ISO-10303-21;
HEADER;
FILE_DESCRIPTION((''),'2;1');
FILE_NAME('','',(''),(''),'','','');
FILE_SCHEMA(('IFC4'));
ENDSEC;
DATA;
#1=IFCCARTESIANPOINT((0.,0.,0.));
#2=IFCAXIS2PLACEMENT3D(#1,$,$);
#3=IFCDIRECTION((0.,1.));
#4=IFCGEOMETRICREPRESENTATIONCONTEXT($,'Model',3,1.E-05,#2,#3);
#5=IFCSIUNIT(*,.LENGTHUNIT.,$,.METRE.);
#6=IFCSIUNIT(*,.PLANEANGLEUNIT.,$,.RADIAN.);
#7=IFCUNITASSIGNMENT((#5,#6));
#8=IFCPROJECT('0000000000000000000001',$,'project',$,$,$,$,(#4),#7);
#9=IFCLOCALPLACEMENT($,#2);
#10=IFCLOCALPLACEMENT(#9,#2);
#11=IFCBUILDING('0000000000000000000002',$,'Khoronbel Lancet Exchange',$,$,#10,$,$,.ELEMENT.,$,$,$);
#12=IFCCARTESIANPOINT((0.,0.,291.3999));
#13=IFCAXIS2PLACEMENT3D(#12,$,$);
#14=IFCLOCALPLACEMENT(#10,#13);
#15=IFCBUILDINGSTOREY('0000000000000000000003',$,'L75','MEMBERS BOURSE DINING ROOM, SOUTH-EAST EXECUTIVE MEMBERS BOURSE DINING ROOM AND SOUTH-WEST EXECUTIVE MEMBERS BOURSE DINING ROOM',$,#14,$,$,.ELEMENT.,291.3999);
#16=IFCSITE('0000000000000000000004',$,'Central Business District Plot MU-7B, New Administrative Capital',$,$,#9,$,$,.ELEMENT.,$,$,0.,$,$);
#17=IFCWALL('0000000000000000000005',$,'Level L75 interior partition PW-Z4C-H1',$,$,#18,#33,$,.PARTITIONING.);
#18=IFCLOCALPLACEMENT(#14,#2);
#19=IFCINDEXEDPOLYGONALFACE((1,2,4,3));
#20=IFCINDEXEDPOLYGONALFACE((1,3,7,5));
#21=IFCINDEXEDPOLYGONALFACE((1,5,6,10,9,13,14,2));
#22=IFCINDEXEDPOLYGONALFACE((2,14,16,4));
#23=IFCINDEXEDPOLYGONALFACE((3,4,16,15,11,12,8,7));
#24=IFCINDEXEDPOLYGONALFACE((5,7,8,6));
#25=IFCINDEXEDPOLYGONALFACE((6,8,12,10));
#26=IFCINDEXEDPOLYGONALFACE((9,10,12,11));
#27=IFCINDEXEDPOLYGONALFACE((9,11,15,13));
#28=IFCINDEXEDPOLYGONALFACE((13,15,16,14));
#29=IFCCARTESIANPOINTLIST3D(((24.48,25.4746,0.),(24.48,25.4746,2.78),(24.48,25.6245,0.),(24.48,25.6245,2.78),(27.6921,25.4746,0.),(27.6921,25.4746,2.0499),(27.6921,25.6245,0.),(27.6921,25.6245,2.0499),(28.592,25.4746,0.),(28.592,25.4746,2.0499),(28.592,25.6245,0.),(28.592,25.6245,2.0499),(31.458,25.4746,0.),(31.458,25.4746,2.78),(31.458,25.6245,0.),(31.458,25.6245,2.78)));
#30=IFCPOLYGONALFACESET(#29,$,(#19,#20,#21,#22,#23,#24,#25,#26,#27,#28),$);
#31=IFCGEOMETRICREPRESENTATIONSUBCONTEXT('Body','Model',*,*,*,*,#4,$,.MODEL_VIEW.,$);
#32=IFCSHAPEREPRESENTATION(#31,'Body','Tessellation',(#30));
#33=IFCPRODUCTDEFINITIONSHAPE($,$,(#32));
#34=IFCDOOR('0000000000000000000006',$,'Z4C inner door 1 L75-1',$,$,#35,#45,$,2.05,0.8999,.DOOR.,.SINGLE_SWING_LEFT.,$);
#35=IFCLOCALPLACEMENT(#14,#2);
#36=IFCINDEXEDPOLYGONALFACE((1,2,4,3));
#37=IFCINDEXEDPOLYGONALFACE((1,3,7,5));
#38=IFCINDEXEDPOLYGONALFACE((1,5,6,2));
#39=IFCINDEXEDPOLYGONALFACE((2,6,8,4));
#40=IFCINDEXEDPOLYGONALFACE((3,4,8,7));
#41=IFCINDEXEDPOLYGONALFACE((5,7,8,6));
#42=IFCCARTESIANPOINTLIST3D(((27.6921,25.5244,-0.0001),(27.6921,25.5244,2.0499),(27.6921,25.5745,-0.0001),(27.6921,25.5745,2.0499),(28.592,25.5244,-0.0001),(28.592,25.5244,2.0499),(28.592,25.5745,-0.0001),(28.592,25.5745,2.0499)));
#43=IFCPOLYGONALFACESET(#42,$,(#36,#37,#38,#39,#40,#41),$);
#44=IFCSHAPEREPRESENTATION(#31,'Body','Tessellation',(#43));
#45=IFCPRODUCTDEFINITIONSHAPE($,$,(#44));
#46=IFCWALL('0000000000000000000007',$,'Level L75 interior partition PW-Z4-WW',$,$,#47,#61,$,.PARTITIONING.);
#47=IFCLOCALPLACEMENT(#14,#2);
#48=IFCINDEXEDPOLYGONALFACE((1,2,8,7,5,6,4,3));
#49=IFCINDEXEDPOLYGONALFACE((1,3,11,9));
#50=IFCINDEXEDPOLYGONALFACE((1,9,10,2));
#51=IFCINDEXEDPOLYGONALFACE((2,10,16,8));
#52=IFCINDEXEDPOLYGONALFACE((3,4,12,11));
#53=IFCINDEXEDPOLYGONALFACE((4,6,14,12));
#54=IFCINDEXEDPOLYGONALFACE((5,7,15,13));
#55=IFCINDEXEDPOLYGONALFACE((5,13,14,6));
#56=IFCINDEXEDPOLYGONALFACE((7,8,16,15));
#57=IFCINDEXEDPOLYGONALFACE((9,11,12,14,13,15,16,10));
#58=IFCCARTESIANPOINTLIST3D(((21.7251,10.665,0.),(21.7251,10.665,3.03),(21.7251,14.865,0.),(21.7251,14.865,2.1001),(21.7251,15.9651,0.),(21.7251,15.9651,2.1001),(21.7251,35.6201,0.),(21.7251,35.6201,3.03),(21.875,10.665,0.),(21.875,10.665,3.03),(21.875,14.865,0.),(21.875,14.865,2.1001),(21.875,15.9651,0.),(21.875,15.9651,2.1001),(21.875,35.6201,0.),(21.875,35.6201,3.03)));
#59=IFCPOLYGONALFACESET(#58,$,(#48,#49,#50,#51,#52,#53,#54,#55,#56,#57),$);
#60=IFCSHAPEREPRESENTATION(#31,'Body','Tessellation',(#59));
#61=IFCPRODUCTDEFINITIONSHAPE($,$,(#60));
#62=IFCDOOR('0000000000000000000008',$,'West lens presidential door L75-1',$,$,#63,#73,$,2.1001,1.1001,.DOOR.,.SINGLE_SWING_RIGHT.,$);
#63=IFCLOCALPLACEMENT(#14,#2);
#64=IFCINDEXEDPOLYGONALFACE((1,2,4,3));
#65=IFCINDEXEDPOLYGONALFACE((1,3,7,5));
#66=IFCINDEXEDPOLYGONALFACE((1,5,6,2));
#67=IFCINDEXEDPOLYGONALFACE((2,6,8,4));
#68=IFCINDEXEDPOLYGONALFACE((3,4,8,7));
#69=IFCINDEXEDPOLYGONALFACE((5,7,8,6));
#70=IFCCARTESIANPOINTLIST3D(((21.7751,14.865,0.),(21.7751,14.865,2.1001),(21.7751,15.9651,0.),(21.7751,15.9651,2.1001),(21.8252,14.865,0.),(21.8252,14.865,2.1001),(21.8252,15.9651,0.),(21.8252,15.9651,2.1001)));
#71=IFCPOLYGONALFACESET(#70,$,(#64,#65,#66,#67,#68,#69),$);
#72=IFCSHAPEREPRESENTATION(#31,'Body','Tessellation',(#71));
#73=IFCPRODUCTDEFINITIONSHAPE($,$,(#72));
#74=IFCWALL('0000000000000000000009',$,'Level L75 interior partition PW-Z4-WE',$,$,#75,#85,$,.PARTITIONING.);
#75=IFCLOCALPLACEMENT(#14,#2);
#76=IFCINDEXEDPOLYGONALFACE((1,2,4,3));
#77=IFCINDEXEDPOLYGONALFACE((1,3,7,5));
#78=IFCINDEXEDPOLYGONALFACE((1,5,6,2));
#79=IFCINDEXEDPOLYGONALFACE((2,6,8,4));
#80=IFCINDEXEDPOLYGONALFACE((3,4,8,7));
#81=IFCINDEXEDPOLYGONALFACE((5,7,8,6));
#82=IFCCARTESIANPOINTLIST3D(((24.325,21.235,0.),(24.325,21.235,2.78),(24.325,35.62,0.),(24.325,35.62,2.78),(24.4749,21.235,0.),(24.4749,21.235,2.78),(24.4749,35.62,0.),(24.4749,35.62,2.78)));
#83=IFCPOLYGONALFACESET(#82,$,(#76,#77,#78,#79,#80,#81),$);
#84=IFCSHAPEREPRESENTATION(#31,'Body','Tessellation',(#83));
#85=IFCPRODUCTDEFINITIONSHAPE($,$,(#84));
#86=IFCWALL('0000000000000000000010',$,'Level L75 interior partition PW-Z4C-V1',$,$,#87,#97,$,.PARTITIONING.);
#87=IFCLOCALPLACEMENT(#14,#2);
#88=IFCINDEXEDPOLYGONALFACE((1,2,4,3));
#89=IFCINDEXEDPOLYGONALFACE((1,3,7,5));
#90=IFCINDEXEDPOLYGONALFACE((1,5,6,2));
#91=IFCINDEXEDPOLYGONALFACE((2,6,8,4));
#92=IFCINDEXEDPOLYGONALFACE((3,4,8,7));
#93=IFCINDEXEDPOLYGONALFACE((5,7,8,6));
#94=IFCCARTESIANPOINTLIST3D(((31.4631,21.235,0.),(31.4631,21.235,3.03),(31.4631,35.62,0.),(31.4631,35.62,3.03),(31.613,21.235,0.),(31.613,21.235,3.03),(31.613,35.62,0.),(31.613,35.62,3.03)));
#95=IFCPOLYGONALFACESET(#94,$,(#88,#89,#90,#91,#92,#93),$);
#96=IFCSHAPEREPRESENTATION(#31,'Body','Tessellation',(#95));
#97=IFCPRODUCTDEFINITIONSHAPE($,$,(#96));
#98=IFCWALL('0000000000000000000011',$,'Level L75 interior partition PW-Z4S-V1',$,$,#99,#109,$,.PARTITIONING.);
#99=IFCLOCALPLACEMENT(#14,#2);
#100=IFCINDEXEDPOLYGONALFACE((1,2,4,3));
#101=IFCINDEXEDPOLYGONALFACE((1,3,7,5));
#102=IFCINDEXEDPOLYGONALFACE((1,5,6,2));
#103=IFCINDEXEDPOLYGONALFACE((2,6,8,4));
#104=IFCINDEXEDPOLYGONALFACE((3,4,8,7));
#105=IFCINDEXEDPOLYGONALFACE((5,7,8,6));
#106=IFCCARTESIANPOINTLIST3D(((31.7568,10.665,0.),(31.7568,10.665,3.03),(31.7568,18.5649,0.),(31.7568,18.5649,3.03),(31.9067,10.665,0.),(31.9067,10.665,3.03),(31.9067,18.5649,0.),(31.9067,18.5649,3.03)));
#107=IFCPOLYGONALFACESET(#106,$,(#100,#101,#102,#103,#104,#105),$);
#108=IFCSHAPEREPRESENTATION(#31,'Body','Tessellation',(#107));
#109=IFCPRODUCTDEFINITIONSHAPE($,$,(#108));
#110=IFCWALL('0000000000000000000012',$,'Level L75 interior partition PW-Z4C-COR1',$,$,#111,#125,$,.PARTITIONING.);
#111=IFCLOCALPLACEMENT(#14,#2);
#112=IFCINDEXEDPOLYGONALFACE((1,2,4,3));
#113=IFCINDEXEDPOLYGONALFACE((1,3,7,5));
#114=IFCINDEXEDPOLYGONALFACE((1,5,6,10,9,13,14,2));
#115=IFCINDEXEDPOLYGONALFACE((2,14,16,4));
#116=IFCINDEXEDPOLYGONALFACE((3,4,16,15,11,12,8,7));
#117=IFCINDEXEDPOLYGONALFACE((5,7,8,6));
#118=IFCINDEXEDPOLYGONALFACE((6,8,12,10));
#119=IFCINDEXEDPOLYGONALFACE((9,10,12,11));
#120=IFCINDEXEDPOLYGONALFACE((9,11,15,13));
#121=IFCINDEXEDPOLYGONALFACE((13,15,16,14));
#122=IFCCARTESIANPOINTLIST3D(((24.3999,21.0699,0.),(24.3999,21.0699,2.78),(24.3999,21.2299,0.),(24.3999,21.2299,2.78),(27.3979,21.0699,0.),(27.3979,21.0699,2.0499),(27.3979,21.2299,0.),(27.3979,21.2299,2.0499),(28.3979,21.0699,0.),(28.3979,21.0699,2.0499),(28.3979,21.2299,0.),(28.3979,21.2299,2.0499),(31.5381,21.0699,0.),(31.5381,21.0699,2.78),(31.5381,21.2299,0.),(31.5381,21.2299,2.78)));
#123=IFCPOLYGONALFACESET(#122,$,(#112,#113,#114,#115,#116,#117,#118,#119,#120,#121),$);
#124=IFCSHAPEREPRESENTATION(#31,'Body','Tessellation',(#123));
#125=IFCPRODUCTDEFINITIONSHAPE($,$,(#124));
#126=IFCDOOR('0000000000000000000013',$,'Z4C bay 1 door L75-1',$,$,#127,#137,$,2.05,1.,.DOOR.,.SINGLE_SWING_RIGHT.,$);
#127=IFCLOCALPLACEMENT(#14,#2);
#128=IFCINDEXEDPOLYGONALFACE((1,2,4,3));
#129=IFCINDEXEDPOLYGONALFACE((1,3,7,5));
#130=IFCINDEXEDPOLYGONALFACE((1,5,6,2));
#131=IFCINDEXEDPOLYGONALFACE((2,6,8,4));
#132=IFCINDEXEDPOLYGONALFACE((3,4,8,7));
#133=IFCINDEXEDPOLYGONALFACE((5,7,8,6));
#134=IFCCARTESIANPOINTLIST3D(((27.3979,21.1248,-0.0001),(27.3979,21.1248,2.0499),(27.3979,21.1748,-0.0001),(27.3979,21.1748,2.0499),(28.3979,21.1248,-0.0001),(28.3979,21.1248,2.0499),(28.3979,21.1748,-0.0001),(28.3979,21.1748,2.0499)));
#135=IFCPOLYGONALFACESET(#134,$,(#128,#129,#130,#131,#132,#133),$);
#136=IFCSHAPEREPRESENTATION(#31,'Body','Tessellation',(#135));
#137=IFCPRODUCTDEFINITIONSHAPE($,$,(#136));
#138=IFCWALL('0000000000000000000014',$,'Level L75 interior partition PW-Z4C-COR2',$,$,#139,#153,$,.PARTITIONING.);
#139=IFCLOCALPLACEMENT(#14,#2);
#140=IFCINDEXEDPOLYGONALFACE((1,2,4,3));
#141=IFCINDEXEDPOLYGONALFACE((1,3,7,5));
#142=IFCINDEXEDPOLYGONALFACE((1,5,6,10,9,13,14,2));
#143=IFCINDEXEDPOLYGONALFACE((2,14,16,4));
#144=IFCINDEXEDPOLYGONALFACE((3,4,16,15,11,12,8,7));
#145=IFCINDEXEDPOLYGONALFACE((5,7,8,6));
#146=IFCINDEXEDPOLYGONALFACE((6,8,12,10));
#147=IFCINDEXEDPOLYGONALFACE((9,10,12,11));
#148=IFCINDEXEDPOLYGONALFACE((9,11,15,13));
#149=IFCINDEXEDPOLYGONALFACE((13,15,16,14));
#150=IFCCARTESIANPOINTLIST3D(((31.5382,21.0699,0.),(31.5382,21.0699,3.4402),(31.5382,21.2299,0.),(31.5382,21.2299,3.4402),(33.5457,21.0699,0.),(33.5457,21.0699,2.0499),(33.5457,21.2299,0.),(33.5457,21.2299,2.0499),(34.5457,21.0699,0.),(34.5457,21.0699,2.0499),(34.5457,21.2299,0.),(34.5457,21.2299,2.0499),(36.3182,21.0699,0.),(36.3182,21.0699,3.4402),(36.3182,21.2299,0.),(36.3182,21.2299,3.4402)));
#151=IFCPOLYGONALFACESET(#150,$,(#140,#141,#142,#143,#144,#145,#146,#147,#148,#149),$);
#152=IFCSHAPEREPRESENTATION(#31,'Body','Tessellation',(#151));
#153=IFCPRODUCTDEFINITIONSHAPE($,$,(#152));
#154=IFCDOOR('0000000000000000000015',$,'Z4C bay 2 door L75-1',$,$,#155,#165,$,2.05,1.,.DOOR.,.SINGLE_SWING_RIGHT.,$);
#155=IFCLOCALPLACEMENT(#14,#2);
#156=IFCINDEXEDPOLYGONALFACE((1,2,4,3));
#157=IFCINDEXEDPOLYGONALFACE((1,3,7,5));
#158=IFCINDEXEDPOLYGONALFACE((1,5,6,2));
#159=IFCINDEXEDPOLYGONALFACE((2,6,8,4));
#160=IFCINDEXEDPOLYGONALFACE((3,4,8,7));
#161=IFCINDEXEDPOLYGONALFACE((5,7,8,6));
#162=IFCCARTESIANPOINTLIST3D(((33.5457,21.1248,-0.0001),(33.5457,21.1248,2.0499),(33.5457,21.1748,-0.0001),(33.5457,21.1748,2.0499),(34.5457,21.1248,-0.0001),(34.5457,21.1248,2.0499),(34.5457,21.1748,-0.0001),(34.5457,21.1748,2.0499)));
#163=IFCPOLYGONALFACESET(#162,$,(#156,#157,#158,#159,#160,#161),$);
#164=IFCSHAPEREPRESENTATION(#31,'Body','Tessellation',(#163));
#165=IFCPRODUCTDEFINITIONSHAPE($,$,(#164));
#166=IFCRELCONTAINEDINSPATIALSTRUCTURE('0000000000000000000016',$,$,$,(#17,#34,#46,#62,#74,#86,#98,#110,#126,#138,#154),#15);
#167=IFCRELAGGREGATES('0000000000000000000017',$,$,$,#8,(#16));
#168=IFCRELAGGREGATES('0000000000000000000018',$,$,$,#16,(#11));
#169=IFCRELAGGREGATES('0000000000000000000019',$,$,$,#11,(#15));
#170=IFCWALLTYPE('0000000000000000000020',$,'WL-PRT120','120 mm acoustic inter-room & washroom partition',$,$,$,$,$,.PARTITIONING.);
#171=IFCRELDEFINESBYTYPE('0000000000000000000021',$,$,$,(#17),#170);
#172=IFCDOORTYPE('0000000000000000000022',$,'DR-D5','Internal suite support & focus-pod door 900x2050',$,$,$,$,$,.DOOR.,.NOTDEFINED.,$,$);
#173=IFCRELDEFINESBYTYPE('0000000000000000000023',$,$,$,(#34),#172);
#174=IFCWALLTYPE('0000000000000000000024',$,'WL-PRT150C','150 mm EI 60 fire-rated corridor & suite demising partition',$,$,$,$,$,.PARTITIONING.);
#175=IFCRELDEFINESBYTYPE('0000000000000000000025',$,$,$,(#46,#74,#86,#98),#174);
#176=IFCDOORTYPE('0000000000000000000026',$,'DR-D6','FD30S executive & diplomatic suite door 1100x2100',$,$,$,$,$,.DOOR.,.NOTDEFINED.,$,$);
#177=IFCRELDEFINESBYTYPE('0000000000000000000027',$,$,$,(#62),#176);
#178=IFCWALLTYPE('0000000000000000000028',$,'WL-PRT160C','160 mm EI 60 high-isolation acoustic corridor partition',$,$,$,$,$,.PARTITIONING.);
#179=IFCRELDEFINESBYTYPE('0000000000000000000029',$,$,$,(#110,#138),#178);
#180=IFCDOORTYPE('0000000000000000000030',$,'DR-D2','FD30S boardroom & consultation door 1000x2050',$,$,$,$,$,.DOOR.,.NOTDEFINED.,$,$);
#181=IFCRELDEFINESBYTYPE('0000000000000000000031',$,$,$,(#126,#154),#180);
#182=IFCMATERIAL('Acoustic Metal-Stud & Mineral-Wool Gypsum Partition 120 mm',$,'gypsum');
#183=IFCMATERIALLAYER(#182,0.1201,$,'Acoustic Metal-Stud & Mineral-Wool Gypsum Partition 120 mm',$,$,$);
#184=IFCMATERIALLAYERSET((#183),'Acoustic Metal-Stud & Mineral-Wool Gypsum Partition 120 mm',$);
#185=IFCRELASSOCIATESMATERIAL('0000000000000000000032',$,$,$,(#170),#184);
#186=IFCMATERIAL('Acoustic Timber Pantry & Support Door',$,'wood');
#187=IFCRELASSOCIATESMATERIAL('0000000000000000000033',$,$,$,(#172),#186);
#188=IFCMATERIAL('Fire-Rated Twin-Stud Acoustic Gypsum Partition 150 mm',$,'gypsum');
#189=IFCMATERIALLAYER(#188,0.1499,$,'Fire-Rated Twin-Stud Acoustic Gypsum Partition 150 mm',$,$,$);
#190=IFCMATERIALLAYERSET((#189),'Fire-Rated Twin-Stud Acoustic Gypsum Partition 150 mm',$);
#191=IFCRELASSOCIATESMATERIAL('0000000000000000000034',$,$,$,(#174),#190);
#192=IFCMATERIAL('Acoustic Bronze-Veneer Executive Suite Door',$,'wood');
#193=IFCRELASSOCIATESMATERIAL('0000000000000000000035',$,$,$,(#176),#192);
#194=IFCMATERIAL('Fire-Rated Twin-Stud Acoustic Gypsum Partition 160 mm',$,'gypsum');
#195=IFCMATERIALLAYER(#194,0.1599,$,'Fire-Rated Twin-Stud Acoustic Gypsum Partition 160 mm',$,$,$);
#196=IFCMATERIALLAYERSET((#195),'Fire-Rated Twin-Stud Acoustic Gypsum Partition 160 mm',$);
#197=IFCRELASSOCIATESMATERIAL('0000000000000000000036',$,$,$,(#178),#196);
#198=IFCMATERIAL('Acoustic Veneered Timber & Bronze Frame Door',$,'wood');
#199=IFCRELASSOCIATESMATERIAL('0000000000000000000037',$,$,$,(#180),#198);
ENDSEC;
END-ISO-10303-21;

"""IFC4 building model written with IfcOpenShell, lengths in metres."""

from ifc_helpers import new_model, si_unit, direction, frame, frame_2d, origin, place, context, subcontext, project, spatial, rectangle, extrude, material, layer, layer_set, type_object, element, fill, save


model = new_model("IFC4")

# Units and contexts
model_context = context("Model", 3, precision=1e-05, world=origin(), true_north=direction((0.0, 1.0)))
body_context = subcontext(model_context, "Body", "Model", "MODEL_VIEW")
ifc_project = project(units=[si_unit("LENGTHUNIT", "METRE"), si_unit("PLANEANGLEUNIT", "RADIAN")], contexts=[model_context])

# Site, building, storey
site_placement = place(None, origin())
site = spatial("IfcSite", under=ifc_project, at=site_placement, Name="Central Business District Plot MU-7B, New Administrative Capital", CompositionType="ELEMENT", RefElevation=0.0)
building_placement = place(site_placement, origin())
building = spatial("IfcBuilding", under=site, at=building_placement, Name="Khoronbel Lancet Exchange", CompositionType="ELEMENT")
storey_placement = place(building_placement, frame((0.0, 0.0, 291.3999)))
storey = spatial("IfcBuildingStorey", under=building, at=storey_placement, Name="L75", Description="MEMBERS BOURSE DINING ROOM, SOUTH-EAST EXECUTIVE MEMBERS BOURSE DINING ROOM AND SOUTH-WEST EXECUTIVE MEMBERS BOURSE DINING ROOM", CompositionType="ELEMENT", Elevation=291.3999)

# Walls, openings, doors
ifc_material_1 = material(Name="Acoustic Metal-Stud & Mineral-Wool Gypsum Partition 120 mm", Category="gypsum")
ifc_layer_1 = layer(ifc_material_1, 0.1201, Name="Acoustic Metal-Stud & Mineral-Wool Gypsum Partition 120 mm")
ifc_layer_set_1 = layer_set([ifc_layer_1], Name="Acoustic Metal-Stud & Mineral-Wool Gypsum Partition 120 mm")
wall_type_1 = type_object("IfcWallType", Name="WL-PRT120", Description="120 mm acoustic inter-room & washroom partition", PredefinedType="PARTITIONING", material=ifc_layer_set_1)
wall_1_placement = place(storey_placement, frame((24.48, 25.5496, 0.0), z_axis=(0.0, 0.0, 1.0), x_axis=(1.0, 0.0, 0.0)))
wall_1 = element("IfcWall", 1, at=wall_1_placement, inside=storey, type_object=wall_type_1, Name="Level L75 interior partition PW-Z4C-H1", PredefinedType="PARTITIONING", context=body_context, shape_type="SweptSolid", body=[
    extrude(rectangle(XDim=6.978, YDim=0.1499, at=frame_2d((3.489, 0.0))), origin(), (0.0, 0.0, 1.0), 2.78),
])
opening_1_placement = place(wall_1_placement, frame((3.2122, 0.0, 0.0)))
opening_1 = element("IfcOpeningElement", 2, at=opening_1_placement, cuts=wall_1, PredefinedType="OPENING", context=body_context, shape_type="SweptSolid", body=[
    extrude(rectangle(XDim=0.8999, YDim=2.05, at=frame_2d((0.45, 1.0249))), frame((0.0, 0.085, 0.0), z_axis=(0.0, -1.0, 0.0), x_axis=(1.0, 0.0, 0.0)), (0.0, 0.0, 1.0), 0.1699),
])
ifc_material_2 = material(Name="Acoustic Timber Pantry & Support Door", Category="wood")
door_type_1 = type_object("IfcDoorType", Name="DR-D5", Description="Internal suite support & focus-pod door 900x2050", OperationType="NOTDEFINED", PredefinedType="DOOR", material=ifc_material_2)
door_1_placement = place(opening_1_placement, origin())
door_1 = element("IfcDoor", 3, at=door_1_placement, inside=storey, type_object=door_type_1, Name="Z4C inner door 1 L75-1", OperationType="SINGLE_SWING_LEFT", OverallHeight=2.05, OverallWidth=0.8999, PredefinedType="DOOR", context=body_context, shape_type="SweptSolid", body=[
    extrude(rectangle(XDim=0.8999, YDim=2.05, at=frame_2d((0.45, 1.0249))), frame((0.0, 0.0249, 0.0), z_axis=(0.0, -1.0, 0.0), x_axis=(1.0, 0.0, 0.0)), (0.0, 0.0, 1.0), 0.05),
])
fill(opening_1, door_1)
ifc_material_3 = material(Name="Fire-Rated Twin-Stud Acoustic Gypsum Partition 150 mm", Category="gypsum")
ifc_layer_2 = layer(ifc_material_3, 0.1499, Name="Fire-Rated Twin-Stud Acoustic Gypsum Partition 150 mm")
ifc_layer_set_2 = layer_set([ifc_layer_2], Name="Fire-Rated Twin-Stud Acoustic Gypsum Partition 150 mm")
wall_type_2 = type_object("IfcWallType", Name="WL-PRT150C", Description="150 mm EI 60 fire-rated corridor & suite demising partition", PredefinedType="PARTITIONING", material=ifc_layer_set_2)
wall_2_placement = place(storey_placement, frame((21.8, 10.665, 0.0), z_axis=(0.0, 0.0, 1.0), x_axis=(0.0, 1.0, 0.0)))
wall_2 = element("IfcWall", 4, at=wall_2_placement, inside=storey, type_object=wall_type_2, Name="Level L75 interior partition PW-Z4-WW", PredefinedType="PARTITIONING", context=body_context, shape_type="SweptSolid", body=[
    extrude(rectangle(XDim=24.9551, YDim=0.1499, at=frame_2d((12.4775, 0.0))), origin(), (0.0, 0.0, 1.0), 3.03),
])
opening_2_placement = place(wall_2_placement, frame((4.2, 0.0, 0.0)))
opening_2 = element("IfcOpeningElement", 5, at=opening_2_placement, cuts=wall_2, PredefinedType="OPENING", context=body_context, shape_type="SweptSolid", body=[
    extrude(rectangle(XDim=1.1001, YDim=2.1001, at=frame_2d((0.55, 1.05))), frame((0.0, 0.085, 0.0), z_axis=(0.0, -1.0, 0.0), x_axis=(1.0, 0.0, 0.0)), (0.0, 0.0, 1.0), 0.1699),
])
ifc_material_4 = material(Name="Acoustic Bronze-Veneer Executive Suite Door", Category="wood")
door_type_2 = type_object("IfcDoorType", Name="DR-D6", Description="FD30S executive & diplomatic suite door 1100x2100", OperationType="NOTDEFINED", PredefinedType="DOOR", material=ifc_material_4)
door_2_placement = place(opening_2_placement, origin())
door_2 = element("IfcDoor", 6, at=door_2_placement, inside=storey, type_object=door_type_2, Name="West lens presidential door L75-1", OperationType="SINGLE_SWING_RIGHT", OverallHeight=2.1001, OverallWidth=1.1001, PredefinedType="DOOR", context=body_context, shape_type="SweptSolid", body=[
    extrude(rectangle(XDim=1.1001, YDim=2.1001, at=frame_2d((0.55, 1.05))), frame((0.0, 0.0249, 0.0), z_axis=(0.0, -1.0, 0.0), x_axis=(1.0, 0.0, 0.0)), (0.0, 0.0, 1.0), 0.05),
])
fill(opening_2, door_2)

# Walls
wall_3_placement = place(storey_placement, frame((24.3999, 21.2351, 0.0), z_axis=(0.0, 0.0, 1.0), x_axis=(0.0, 1.0, 0.0)))
element("IfcWall", 7, at=wall_3_placement, inside=storey, type_object=wall_type_2, Name="Level L75 interior partition PW-Z4-WE", PredefinedType="PARTITIONING", context=body_context, shape_type="SweptSolid", body=[
    extrude(rectangle(XDim=14.385, YDim=0.1499, at=frame_2d((7.1924, 0.0))), origin(), (0.0, 0.0, 1.0), 2.78),
])
wall_4_placement = place(storey_placement, frame((31.5381, 21.2351, 0.0), z_axis=(0.0, 0.0, 1.0), x_axis=(0.0, 1.0, 0.0)))
element("IfcWall", 8, at=wall_4_placement, inside=storey, type_object=wall_type_2, Name="Level L75 interior partition PW-Z4C-V1", PredefinedType="PARTITIONING", context=body_context, shape_type="SweptSolid", body=[
    extrude(rectangle(XDim=14.385, YDim=0.1499, at=frame_2d((7.1924, 0.0))), origin(), (0.0, 0.0, 1.0), 3.03),
])
wall_5_placement = place(storey_placement, frame((31.8318, 10.665, 0.0), z_axis=(0.0, 0.0, 1.0), x_axis=(0.0, 1.0, 0.0)))
element("IfcWall", 9, at=wall_5_placement, inside=storey, type_object=wall_type_2, Name="Level L75 interior partition PW-Z4S-V1", PredefinedType="PARTITIONING", context=body_context, shape_type="SweptSolid", body=[
    extrude(rectangle(XDim=7.8999, YDim=0.1499, at=frame_2d((3.95, 0.0))), origin(), (0.0, 0.0, 1.0), 3.03),
])

# Walls, openings, doors
ifc_material_5 = material(Name="Fire-Rated Twin-Stud Acoustic Gypsum Partition 160 mm", Category="gypsum")
ifc_layer_3 = layer(ifc_material_5, 0.1599, Name="Fire-Rated Twin-Stud Acoustic Gypsum Partition 160 mm")
ifc_layer_set_3 = layer_set([ifc_layer_3], Name="Fire-Rated Twin-Stud Acoustic Gypsum Partition 160 mm")
wall_type_3 = type_object("IfcWallType", Name="WL-PRT160C", Description="160 mm EI 60 high-isolation acoustic corridor partition", PredefinedType="PARTITIONING", material=ifc_layer_set_3)
wall_6_placement = place(storey_placement, frame((24.3999, 21.1499, 0.0), z_axis=(0.0, 0.0, 1.0), x_axis=(1.0, 0.0, 0.0)))
wall_6 = element("IfcWall", 10, at=wall_6_placement, inside=storey, type_object=wall_type_3, Name="Level L75 interior partition PW-Z4C-COR1", PredefinedType="PARTITIONING", context=body_context, shape_type="SweptSolid", body=[
    extrude(rectangle(XDim=7.1382, YDim=0.1599, at=frame_2d((3.5691, 0.0))), origin(), (0.0, 0.0, 1.0), 2.78),
])
opening_3_placement = place(wall_6_placement, frame((2.998, 0.0, 0.0)))
opening_3 = element("IfcOpeningElement", 11, at=opening_3_placement, cuts=wall_6, PredefinedType="OPENING", context=body_context, shape_type="SweptSolid", body=[
    extrude(rectangle(XDim=1.0, YDim=2.05, at=frame_2d((0.5, 1.0249))), frame((0.0, 0.0898, 0.0), z_axis=(0.0, -1.0, 0.0), x_axis=(1.0, 0.0, 0.0)), (0.0, 0.0, 1.0), 0.1799),
])
ifc_material_6 = material(Name="Acoustic Veneered Timber & Bronze Frame Door", Category="wood")
door_type_3 = type_object("IfcDoorType", Name="DR-D2", Description="FD30S boardroom & consultation door 1000x2050", OperationType="NOTDEFINED", PredefinedType="DOOR", material=ifc_material_6)
door_3_placement = place(opening_3_placement, origin())
door_3 = element("IfcDoor", 12, at=door_3_placement, inside=storey, type_object=door_type_3, Name="Z4C bay 1 door L75-1", OperationType="SINGLE_SWING_RIGHT", OverallHeight=2.05, OverallWidth=1.0, PredefinedType="DOOR", context=body_context, shape_type="SweptSolid", body=[
    extrude(rectangle(XDim=1.0, YDim=2.05, at=frame_2d((0.5, 1.0249))), frame((0.0, 0.0249, 0.0), z_axis=(0.0, -1.0, 0.0), x_axis=(1.0, 0.0, 0.0)), (0.0, 0.0, 1.0), 0.05),
])
fill(opening_3, door_3)
wall_7_placement = place(storey_placement, frame((31.5381, 21.1499, 0.0), z_axis=(0.0, 0.0, 1.0), x_axis=(1.0, 0.0, 0.0)))
wall_7 = element("IfcWall", 13, at=wall_7_placement, inside=storey, type_object=wall_type_3, Name="Level L75 interior partition PW-Z4C-COR2", PredefinedType="PARTITIONING", context=body_context, shape_type="SweptSolid", body=[
    extrude(rectangle(XDim=4.78, YDim=0.1599, at=frame_2d((2.3901, 0.0))), origin(), (0.0, 0.0, 1.0), 3.4402),
])
opening_4_placement = place(wall_7_placement, frame((2.0076, 0.0, 0.0)))
opening_4 = element("IfcOpeningElement", 14, at=opening_4_placement, cuts=wall_7, PredefinedType="OPENING", context=body_context, shape_type="SweptSolid", body=[
    extrude(rectangle(XDim=1.0, YDim=2.05, at=frame_2d((0.5, 1.0249))), frame((0.0, 0.0898, 0.0), z_axis=(0.0, -1.0, 0.0), x_axis=(1.0, 0.0, 0.0)), (0.0, 0.0, 1.0), 0.1799),
])
door_4_placement = place(opening_4_placement, origin())
door_4 = element("IfcDoor", 15, at=door_4_placement, inside=storey, type_object=door_type_3, Name="Z4C bay 2 door L75-1", OperationType="SINGLE_SWING_RIGHT", OverallHeight=2.05, OverallWidth=1.0, PredefinedType="DOOR", context=body_context, shape_type="SweptSolid", body=[
    extrude(rectangle(XDim=1.0, YDim=2.05, at=frame_2d((0.5, 1.0249))), frame((0.0, 0.0249, 0.0), z_axis=(0.0, -1.0, 0.0), x_axis=(1.0, 0.0, 0.0)), (0.0, 0.0, 1.0), 0.05),
])
fill(opening_4, door_4)

save(model, "model.ifc")
